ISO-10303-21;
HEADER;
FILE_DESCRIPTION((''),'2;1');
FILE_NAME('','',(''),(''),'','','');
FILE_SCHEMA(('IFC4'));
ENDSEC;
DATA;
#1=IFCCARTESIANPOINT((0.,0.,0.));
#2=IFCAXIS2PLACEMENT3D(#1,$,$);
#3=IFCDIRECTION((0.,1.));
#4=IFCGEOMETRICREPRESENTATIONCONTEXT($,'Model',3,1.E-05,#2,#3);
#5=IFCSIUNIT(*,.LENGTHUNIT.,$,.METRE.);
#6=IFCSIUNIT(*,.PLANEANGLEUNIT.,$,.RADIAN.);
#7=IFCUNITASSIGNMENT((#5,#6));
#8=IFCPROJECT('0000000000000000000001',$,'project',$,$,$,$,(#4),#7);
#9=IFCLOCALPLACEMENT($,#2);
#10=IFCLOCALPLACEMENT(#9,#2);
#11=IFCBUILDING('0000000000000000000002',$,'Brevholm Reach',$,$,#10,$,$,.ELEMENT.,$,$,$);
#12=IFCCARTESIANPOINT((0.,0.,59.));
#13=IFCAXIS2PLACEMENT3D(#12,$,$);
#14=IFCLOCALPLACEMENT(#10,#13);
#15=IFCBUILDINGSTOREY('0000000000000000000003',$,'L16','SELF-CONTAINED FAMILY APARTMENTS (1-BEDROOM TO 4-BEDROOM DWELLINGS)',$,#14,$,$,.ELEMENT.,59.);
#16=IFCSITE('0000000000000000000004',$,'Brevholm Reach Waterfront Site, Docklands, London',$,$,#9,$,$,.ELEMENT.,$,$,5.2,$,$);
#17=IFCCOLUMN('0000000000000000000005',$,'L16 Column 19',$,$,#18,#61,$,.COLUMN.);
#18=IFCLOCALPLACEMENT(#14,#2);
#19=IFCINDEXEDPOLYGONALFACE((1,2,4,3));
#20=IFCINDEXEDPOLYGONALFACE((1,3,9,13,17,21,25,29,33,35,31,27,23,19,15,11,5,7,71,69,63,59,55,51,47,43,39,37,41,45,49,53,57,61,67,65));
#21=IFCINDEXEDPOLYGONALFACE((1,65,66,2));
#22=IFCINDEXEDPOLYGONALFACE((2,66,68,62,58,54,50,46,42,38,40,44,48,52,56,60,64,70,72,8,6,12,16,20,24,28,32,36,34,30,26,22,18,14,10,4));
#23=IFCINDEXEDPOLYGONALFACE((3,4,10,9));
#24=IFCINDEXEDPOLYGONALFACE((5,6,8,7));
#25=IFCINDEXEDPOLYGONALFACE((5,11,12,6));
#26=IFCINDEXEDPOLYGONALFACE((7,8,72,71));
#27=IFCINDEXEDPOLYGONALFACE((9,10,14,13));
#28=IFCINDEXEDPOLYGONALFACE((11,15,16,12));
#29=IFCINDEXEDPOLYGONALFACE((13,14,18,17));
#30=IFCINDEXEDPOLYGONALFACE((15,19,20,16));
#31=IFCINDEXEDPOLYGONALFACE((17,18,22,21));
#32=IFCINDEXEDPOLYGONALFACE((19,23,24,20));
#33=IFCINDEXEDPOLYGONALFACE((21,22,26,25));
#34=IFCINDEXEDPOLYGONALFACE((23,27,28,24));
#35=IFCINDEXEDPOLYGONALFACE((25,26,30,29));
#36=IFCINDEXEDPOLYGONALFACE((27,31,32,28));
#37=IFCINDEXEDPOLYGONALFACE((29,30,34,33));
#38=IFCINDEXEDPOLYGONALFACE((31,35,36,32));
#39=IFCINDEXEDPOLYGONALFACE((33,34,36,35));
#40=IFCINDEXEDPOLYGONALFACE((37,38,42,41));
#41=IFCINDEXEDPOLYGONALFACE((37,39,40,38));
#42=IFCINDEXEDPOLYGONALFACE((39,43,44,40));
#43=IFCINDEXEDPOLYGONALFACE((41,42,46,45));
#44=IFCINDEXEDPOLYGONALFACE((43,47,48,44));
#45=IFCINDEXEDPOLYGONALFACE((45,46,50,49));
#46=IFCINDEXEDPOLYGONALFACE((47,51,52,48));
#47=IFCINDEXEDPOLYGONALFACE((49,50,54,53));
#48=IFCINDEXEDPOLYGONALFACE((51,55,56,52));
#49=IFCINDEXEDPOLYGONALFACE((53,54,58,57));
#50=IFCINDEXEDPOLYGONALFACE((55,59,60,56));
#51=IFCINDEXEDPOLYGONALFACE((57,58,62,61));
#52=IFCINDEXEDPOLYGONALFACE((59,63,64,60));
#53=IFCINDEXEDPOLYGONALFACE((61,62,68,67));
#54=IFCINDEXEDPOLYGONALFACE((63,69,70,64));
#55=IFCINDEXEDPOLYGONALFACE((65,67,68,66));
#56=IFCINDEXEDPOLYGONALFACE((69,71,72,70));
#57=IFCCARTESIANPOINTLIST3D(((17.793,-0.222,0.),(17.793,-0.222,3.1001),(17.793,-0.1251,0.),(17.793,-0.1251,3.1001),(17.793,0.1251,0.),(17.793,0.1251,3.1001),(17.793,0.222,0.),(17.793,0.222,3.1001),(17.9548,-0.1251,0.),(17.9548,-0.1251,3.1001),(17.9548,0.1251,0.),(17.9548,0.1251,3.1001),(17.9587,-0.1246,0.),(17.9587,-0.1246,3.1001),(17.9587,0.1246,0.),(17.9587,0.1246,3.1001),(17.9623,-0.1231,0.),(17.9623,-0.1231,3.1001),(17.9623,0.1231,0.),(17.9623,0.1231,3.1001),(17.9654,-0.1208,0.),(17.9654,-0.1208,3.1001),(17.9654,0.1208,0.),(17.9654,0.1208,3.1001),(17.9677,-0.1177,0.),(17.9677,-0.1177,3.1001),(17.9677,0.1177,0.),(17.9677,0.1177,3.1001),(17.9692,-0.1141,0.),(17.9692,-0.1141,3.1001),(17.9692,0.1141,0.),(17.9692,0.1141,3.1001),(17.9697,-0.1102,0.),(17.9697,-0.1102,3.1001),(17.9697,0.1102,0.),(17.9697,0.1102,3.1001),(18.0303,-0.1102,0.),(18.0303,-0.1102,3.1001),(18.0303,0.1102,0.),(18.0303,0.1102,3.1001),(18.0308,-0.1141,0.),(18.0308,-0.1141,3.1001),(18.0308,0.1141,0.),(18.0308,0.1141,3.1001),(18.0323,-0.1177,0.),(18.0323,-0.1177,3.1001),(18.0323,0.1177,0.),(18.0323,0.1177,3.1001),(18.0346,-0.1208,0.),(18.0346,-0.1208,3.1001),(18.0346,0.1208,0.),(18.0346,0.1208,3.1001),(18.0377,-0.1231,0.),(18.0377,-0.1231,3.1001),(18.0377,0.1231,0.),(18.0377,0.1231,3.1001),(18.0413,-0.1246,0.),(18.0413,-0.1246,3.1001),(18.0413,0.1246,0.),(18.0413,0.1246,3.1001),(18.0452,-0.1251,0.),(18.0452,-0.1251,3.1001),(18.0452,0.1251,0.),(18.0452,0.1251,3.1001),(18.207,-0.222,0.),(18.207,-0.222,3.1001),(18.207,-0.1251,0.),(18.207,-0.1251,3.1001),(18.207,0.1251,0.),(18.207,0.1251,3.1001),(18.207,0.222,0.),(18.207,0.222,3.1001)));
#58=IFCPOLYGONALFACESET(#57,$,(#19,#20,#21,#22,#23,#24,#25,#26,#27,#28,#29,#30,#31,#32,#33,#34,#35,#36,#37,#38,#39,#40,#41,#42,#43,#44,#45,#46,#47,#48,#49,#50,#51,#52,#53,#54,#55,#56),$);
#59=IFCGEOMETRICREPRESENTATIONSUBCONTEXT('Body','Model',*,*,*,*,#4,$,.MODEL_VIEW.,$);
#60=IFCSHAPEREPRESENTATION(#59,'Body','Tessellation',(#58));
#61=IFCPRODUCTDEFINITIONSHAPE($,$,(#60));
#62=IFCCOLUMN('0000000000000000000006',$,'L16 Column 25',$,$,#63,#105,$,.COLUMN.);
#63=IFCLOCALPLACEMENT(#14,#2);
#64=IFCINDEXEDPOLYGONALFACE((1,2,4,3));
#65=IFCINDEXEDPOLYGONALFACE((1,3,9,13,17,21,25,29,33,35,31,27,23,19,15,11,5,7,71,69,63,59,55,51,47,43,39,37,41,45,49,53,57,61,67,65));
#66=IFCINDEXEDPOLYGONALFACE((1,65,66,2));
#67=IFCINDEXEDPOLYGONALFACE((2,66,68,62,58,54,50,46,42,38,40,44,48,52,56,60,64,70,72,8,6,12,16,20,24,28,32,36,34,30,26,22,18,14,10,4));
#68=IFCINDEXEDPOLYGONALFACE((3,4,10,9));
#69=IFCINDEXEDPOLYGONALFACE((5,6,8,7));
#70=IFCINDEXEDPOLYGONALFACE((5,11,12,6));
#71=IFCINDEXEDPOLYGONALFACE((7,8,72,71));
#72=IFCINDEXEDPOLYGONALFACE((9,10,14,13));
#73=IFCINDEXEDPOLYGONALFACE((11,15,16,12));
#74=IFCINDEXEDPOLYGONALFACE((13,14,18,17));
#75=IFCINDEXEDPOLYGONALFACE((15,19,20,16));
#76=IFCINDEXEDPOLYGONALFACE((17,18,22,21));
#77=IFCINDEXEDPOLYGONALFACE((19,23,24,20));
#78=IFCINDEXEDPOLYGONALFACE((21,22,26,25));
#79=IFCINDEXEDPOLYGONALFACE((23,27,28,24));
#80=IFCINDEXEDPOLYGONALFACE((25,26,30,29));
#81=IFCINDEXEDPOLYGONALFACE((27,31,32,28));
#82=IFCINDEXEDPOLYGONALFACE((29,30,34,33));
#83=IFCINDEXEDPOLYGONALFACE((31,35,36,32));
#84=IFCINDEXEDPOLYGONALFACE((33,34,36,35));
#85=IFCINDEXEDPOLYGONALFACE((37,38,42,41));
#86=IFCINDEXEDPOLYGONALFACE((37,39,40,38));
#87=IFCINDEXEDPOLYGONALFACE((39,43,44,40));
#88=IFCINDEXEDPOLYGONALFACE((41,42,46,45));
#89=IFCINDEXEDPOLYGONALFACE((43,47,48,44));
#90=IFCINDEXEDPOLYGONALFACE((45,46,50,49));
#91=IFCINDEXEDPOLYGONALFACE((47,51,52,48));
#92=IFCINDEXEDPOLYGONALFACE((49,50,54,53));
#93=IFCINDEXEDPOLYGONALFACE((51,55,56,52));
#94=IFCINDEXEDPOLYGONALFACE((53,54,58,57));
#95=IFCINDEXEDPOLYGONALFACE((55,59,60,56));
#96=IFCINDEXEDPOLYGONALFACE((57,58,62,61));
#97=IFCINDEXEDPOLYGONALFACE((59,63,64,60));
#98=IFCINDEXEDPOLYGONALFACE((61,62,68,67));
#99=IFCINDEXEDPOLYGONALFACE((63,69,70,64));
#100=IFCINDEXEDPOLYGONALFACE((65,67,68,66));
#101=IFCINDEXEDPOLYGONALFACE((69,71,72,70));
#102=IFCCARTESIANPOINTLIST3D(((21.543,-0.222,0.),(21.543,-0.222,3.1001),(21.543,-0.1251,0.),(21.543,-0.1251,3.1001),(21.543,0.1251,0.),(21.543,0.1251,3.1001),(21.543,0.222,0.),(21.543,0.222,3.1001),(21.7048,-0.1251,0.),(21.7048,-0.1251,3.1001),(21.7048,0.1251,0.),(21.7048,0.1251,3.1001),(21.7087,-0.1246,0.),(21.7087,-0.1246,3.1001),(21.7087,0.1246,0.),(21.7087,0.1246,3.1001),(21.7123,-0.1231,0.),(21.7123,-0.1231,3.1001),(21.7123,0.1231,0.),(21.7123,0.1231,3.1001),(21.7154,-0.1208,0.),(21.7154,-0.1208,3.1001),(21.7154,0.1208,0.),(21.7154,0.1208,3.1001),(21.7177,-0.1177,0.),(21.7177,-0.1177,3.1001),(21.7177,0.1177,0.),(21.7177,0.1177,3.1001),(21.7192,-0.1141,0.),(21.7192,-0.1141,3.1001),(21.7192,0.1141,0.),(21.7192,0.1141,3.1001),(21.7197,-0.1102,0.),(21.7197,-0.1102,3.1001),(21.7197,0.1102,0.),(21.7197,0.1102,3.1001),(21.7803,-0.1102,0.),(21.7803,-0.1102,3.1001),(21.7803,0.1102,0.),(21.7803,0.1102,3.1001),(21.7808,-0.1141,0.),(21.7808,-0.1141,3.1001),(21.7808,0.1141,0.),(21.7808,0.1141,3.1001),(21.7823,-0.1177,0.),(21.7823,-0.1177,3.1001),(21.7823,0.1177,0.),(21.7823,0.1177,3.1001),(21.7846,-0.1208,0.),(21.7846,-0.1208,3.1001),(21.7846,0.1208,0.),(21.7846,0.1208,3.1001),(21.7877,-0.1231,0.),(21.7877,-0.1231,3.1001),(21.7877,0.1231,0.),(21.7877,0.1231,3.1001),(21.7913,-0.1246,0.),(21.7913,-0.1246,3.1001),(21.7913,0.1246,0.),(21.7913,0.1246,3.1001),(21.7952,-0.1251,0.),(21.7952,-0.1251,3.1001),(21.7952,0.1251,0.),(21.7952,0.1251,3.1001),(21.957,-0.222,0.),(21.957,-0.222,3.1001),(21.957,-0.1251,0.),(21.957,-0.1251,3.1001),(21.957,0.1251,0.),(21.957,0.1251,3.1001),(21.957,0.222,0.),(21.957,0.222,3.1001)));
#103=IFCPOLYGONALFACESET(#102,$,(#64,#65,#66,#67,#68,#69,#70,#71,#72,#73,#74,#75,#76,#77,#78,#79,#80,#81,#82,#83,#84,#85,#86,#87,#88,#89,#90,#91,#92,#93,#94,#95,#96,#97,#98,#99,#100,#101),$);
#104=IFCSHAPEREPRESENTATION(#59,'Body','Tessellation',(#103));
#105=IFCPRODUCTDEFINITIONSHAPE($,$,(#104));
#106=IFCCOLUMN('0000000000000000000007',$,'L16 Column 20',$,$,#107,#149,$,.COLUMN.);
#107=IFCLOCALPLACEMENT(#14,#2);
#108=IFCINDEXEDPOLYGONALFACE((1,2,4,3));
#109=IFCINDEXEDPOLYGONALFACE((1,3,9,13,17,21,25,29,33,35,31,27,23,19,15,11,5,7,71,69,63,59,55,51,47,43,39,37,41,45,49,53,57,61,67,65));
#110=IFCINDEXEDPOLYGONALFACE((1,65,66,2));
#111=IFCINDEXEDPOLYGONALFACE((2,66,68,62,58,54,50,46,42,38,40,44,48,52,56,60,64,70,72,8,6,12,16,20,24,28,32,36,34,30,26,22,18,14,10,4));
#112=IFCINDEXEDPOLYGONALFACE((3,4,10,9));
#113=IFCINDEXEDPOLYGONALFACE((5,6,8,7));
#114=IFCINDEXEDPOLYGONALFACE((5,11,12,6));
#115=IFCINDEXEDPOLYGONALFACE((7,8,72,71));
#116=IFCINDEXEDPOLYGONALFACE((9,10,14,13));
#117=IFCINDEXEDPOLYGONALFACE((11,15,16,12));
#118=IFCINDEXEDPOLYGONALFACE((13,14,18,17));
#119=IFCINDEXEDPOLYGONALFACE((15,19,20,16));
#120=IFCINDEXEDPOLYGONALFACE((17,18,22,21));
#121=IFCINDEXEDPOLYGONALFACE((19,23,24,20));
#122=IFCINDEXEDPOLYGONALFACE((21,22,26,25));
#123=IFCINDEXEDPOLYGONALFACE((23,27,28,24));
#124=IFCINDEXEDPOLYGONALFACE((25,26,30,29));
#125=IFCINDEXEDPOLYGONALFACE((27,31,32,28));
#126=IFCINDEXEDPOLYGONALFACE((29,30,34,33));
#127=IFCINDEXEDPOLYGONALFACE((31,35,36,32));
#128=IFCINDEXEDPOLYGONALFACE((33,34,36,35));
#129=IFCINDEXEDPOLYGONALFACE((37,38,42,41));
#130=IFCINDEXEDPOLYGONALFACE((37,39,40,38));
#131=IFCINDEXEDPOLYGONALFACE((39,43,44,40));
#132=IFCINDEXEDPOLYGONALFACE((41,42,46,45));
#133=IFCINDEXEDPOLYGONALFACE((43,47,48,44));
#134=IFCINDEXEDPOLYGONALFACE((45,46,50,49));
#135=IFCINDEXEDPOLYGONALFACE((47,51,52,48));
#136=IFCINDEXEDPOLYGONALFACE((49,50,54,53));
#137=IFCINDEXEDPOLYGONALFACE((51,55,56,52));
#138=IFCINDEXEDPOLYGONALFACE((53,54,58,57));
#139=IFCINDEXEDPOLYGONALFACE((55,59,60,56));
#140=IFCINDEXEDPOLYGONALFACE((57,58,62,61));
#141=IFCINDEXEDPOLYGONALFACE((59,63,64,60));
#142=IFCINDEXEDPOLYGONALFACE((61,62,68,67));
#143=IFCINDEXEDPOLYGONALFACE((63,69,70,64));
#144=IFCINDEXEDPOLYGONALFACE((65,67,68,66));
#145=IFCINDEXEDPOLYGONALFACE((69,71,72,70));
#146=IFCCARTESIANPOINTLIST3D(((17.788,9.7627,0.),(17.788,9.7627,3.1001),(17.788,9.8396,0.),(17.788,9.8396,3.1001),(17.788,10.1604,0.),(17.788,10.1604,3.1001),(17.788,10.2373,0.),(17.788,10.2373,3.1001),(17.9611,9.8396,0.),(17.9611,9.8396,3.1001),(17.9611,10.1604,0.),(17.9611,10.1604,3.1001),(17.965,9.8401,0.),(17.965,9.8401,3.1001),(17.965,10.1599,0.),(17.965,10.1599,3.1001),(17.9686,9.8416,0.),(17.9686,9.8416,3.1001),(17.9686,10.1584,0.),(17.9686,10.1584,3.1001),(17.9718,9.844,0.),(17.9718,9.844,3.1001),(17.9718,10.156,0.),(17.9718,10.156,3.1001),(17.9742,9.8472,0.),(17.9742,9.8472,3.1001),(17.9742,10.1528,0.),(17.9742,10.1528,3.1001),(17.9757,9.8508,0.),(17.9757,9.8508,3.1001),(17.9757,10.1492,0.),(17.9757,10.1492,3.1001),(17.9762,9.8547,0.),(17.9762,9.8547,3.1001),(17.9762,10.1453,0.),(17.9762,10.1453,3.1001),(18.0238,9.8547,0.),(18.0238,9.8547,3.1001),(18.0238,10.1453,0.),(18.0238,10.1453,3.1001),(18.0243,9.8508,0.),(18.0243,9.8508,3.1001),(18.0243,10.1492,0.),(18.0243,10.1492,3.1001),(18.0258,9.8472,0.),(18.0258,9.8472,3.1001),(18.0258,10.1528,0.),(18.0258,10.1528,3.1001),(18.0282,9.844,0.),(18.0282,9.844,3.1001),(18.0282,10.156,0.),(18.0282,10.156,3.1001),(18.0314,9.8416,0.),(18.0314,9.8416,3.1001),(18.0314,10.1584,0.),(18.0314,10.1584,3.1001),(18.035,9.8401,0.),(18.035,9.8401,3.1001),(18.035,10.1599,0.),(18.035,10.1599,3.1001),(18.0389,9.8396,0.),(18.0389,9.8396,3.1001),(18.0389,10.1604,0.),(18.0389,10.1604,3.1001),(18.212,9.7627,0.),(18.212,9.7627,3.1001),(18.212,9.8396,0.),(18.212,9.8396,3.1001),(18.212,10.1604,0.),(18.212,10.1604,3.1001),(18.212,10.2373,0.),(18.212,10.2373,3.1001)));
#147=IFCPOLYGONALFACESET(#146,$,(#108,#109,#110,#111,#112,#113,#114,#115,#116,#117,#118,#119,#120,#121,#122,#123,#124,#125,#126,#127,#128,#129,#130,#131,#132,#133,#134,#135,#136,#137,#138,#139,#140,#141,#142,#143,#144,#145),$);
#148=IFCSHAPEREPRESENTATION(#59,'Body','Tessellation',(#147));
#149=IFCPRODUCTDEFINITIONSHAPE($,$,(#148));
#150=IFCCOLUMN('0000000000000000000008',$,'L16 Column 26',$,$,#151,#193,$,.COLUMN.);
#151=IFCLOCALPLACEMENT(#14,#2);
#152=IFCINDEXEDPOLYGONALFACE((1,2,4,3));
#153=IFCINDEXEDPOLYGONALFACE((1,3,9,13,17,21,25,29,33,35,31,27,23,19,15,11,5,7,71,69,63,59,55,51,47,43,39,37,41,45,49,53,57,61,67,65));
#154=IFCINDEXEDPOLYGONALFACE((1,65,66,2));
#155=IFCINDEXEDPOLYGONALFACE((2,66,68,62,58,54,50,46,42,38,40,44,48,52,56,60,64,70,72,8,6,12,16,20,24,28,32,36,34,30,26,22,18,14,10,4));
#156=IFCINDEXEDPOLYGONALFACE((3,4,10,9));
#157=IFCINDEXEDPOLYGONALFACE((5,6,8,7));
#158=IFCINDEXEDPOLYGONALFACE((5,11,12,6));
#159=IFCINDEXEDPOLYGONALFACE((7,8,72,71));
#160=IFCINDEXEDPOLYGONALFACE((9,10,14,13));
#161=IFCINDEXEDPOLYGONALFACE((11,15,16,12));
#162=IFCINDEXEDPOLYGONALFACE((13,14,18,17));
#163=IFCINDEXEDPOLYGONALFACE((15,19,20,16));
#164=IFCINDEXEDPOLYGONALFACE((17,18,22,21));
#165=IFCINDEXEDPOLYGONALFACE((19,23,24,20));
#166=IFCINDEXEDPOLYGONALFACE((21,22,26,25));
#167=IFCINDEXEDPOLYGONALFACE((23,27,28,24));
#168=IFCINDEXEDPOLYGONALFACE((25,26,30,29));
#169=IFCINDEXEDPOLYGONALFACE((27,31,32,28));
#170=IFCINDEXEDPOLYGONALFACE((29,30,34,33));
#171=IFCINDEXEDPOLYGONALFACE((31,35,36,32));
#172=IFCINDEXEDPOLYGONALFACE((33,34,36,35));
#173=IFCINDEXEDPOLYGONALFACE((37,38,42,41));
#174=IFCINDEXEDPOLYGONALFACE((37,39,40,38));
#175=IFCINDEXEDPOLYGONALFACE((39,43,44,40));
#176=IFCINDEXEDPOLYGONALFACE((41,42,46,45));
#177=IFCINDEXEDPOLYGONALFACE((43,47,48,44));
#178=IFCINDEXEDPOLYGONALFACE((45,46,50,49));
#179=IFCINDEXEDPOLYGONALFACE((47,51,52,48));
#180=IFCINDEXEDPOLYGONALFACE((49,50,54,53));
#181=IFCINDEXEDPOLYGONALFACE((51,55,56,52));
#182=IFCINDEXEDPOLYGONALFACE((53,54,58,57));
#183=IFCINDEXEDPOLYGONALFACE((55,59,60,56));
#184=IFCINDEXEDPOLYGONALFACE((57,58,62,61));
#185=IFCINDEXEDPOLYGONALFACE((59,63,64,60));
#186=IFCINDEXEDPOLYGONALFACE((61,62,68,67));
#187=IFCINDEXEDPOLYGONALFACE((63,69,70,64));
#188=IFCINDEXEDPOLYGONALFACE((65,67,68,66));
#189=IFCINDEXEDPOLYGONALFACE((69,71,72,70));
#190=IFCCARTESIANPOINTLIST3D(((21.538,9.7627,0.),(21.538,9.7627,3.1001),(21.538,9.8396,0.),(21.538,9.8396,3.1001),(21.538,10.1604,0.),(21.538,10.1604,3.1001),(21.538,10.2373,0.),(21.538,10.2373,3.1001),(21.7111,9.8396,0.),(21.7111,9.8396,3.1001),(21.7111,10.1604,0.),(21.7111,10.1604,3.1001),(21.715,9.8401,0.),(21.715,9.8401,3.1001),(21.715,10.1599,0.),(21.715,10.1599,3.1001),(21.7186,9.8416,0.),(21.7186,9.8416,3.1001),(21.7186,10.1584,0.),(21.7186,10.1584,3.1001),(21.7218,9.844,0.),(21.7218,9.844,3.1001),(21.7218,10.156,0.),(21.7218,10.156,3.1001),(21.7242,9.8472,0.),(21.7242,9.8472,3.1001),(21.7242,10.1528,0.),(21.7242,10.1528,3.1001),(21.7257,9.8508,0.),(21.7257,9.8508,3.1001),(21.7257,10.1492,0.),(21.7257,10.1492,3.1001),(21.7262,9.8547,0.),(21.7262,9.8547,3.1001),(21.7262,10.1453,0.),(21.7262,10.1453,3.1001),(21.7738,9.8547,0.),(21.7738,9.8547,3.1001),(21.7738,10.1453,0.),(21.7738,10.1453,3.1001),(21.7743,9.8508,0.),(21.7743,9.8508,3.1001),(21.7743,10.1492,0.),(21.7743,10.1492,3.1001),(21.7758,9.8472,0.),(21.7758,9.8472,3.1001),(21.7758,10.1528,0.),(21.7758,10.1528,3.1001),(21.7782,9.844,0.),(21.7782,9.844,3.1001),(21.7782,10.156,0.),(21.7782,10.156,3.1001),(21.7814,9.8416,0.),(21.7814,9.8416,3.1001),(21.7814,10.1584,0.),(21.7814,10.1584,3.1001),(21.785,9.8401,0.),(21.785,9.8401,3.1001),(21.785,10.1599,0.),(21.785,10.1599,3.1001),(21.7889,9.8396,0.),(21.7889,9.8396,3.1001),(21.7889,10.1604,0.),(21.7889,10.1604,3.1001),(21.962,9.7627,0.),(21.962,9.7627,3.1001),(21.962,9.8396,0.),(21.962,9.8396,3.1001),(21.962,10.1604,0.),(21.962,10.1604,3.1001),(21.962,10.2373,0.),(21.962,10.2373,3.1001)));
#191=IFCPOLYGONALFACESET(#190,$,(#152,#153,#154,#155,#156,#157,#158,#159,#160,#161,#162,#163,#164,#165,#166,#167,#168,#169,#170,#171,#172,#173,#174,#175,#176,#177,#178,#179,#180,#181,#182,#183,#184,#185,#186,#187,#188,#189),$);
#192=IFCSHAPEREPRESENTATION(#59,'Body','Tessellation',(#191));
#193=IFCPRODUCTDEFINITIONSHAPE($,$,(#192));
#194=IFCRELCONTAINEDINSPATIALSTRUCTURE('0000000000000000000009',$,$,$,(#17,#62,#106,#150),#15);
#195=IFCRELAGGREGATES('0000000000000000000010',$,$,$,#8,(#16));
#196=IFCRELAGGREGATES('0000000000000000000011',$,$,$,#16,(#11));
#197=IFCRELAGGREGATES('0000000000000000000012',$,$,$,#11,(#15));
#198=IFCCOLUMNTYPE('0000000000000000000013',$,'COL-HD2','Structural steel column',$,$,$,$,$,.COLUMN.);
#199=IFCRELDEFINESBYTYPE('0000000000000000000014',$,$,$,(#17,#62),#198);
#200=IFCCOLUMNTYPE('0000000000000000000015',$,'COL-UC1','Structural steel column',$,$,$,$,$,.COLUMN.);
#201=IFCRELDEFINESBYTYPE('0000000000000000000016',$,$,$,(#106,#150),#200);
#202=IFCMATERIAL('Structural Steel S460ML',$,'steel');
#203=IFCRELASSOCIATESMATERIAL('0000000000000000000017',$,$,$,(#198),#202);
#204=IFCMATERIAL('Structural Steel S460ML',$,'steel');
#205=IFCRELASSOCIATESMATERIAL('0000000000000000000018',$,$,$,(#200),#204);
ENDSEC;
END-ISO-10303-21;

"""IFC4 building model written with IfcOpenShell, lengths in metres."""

from ifc_helpers import new_model, si_unit, direction, frame, origin, origin_2d, place, context, subcontext, project, spatial, i_section, extrude, material, material_profile, profile_set, type_object, element, save


model = new_model("IFC4")

# Units and contexts
model_context = context("Model", 3, precision=1e-05, world=origin(), true_north=direction((0.0, 1.0)))
body_context = subcontext(model_context, "Body", "Model", "MODEL_VIEW")
ifc_project = project(units=[si_unit("LENGTHUNIT", "METRE"), si_unit("PLANEANGLEUNIT", "RADIAN")], contexts=[model_context])

# Site, building, storey
site_placement = place(None, origin())
site = spatial("IfcSite", under=ifc_project, at=site_placement, Name="Brevholm Reach Waterfront Site, Docklands, London", CompositionType="ELEMENT", RefElevation=5.2)
building_placement = place(site_placement, origin())
building = spatial("IfcBuilding", under=site, at=building_placement, Name="Brevholm Reach", CompositionType="ELEMENT")
storey_placement = place(building_placement, frame((0.0, 0.0, 59.0)))
storey = spatial("IfcBuildingStorey", under=building, at=storey_placement, Name="L16", Description="SELF-CONTAINED FAMILY APARTMENTS (1-BEDROOM TO 4-BEDROOM DWELLINGS)", CompositionType="ELEMENT", Elevation=59.0)

# Columns
ifc_material_1 = material(Name="Structural Steel S460ML", Category="steel")
ifc_material_profile_1 = material_profile(ifc_material_1, i_section(OverallWidth=0.4141, OverallDepth=0.4441, WebThickness=0.0605, FlangeThickness=0.0969, FilletRadius=0.0149, at=origin_2d()), Name="HD 400x818")
ifc_profile_set_1 = profile_set([ifc_material_profile_1], Name="Structural Steel S460ML")
column_type_1 = type_object("IfcColumnType", Name="COL-HD2", Description="Structural steel column", PredefinedType="COLUMN", material=ifc_profile_set_1)
for number, where, z_axis, x_axis, name in (
    (1, (18.0, 0.0, 0.0), (0.0, 0.0, 1.0), (1.0, 0.0, 0.0), "L16 Column 19"),
    (2, (21.75, 0.0, 0.0), (0.0, 0.0, 1.0), (1.0, 0.0, 0.0), "L16 Column 25"),
):
    element("IfcColumn", number, at=place(storey_placement, frame(where, z_axis=z_axis, x_axis=x_axis)), inside=storey, type_object=column_type_1, Name=name, PredefinedType="COLUMN", context=body_context, shape_type="SweptSolid", body=[
        extrude(i_section(OverallWidth=0.4141, OverallDepth=0.4441, WebThickness=0.0605, FlangeThickness=0.0969, FilletRadius=0.0149, at=origin_2d()), origin(), (0.0, 0.0, 1.0), 3.1001),
    ])
ifc_material_2 = material(Name="Structural Steel S460ML", Category="steel")
ifc_material_profile_2 = material_profile(ifc_material_2, i_section(OverallWidth=0.4241, OverallDepth=0.4746, WebThickness=0.0476, FlangeThickness=0.0769, FilletRadius=0.0151, at=origin_2d()), Name="UKC 356x406x634")
ifc_profile_set_2 = profile_set([ifc_material_profile_2], Name="Structural Steel S460ML")
column_type_2 = type_object("IfcColumnType", Name="COL-UC1", Description="Structural steel column", PredefinedType="COLUMN", material=ifc_profile_set_2)
for number, where, z_axis, x_axis, name in (
    (3, (18.0, 10.0, 0.0), (0.0, 0.0, 1.0), (1.0, 0.0, 0.0), "L16 Column 20"),
    (4, (21.75, 10.0, 0.0), (0.0, 0.0, 1.0), (1.0, 0.0, 0.0), "L16 Column 26"),
):
    element("IfcColumn", number, at=place(storey_placement, frame(where, z_axis=z_axis, x_axis=x_axis)), inside=storey, type_object=column_type_2, Name=name, PredefinedType="COLUMN", context=body_context, shape_type="SweptSolid", body=[
        extrude(i_section(OverallWidth=0.4241, OverallDepth=0.4746, WebThickness=0.0476, FlangeThickness=0.0769, FilletRadius=0.0151, at=origin_2d()), origin(), (0.0, 0.0, 1.0), 3.1001),
    ])

save(model, "model.ifc")
